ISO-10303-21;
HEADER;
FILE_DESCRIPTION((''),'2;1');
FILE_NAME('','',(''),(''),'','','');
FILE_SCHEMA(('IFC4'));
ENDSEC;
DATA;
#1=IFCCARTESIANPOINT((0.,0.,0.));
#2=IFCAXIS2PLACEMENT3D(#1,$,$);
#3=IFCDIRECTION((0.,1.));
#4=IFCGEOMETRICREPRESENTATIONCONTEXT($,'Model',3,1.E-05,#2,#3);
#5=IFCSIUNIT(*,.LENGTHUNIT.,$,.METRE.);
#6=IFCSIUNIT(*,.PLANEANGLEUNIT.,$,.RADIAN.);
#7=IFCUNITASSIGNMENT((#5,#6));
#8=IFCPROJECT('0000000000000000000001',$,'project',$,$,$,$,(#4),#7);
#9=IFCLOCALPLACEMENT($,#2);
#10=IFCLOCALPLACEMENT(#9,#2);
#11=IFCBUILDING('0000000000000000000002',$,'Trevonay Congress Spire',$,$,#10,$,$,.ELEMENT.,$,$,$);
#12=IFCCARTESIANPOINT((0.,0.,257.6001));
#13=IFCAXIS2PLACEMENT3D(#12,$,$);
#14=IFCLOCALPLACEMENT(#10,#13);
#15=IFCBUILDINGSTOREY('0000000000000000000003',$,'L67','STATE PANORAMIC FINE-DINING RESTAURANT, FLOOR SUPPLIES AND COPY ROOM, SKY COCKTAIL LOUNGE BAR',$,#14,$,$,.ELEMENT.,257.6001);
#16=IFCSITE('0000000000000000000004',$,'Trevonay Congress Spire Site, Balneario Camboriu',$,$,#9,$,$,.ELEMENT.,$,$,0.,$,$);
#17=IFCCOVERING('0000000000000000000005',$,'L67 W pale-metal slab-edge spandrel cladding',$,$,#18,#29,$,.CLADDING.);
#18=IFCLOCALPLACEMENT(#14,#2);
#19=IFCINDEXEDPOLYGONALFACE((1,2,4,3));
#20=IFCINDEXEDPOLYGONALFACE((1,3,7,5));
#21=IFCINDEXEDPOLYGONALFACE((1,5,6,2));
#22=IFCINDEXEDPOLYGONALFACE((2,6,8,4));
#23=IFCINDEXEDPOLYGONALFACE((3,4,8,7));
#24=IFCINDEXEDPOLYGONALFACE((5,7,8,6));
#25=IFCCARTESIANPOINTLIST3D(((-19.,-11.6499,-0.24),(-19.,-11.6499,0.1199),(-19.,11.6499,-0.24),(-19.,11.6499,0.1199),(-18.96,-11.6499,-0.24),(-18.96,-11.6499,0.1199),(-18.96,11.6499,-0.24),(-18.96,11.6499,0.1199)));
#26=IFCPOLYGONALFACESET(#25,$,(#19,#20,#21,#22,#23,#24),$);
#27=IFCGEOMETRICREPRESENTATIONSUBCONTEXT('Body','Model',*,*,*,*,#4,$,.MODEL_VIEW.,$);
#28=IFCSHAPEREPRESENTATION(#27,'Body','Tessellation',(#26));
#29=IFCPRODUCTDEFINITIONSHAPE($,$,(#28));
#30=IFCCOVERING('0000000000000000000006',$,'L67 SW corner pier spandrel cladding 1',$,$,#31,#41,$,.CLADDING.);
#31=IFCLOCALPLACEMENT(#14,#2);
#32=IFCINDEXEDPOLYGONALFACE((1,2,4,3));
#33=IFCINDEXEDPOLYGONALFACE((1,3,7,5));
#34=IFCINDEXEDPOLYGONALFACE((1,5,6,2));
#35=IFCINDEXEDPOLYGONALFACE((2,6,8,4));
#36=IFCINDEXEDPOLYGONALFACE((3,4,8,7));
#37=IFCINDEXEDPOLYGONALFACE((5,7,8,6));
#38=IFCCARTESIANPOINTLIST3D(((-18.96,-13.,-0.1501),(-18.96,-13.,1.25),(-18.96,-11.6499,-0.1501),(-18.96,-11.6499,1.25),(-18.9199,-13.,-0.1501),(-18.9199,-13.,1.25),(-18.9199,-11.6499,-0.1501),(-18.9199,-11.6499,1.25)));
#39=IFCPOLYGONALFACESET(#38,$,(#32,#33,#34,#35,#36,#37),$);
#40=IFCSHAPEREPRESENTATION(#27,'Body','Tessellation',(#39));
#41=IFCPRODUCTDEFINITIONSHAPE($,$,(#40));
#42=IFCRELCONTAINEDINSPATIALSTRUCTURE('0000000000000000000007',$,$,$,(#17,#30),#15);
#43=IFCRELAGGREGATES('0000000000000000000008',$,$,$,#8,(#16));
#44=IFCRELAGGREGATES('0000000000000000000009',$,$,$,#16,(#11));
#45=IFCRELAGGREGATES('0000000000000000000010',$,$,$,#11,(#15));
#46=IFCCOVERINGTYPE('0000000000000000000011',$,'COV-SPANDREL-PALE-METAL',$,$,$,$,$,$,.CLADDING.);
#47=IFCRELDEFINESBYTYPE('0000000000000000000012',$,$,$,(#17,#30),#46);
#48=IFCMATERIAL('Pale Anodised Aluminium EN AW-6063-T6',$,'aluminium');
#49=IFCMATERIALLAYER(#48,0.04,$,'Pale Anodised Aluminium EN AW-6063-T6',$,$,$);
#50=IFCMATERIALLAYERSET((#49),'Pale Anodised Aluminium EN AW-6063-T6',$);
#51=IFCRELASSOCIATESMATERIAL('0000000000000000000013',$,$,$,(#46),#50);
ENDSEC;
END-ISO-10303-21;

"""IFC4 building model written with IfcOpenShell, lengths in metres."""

from ifc_helpers import new_model, si_unit, direction, frame, frame_2d, origin, place, context, subcontext, project, spatial, rectangle, extrude, material, layer, layer_set, type_object, element, save


model = new_model("IFC4")

# Units and contexts
model_context = context("Model", 3, precision=1e-05, world=origin(), true_north=direction((0.0, 1.0)))
body_context = subcontext(model_context, "Body", "Model", "MODEL_VIEW")
ifc_project = project(units=[si_unit("LENGTHUNIT", "METRE"), si_unit("PLANEANGLEUNIT", "RADIAN")], contexts=[model_context])

# Site, building, storey
site_placement = place(None, origin())
site = spatial("IfcSite", under=ifc_project, at=site_placement, Name="Trevonay Congress Spire Site, Balneario Camboriu", CompositionType="ELEMENT", RefElevation=0.0)
building_placement = place(site_placement, origin())
building = spatial("IfcBuilding", under=site, at=building_placement, Name="Trevonay Congress Spire", CompositionType="ELEMENT")
storey_placement = place(building_placement, frame((0.0, 0.0, 257.6001)))
storey = spatial("IfcBuildingStorey", under=building, at=storey_placement, Name="L67", Description="STATE PANORAMIC FINE-DINING RESTAURANT, FLOOR SUPPLIES AND COPY ROOM, SKY COCKTAIL LOUNGE BAR", CompositionType="ELEMENT", Elevation=257.6001)

# Shared definitions
ifc_material_1 = material(Name="Pale Anodised Aluminium EN AW-6063-T6", Category="aluminium")

# Coverings
ifc_layer_1 = layer(ifc_material_1, 0.04, Name="Pale Anodised Aluminium EN AW-6063-T6")
ifc_layer_set_1 = layer_set([ifc_layer_1], Name="Pale Anodised Aluminium EN AW-6063-T6")
covering_type = type_object("IfcCoveringType", Name="COV-SPANDREL-PALE-METAL", PredefinedType="CLADDING", material=ifc_layer_set_1)
covering_1_placement = place(storey_placement, frame((-18.98, -11.6499, -0.24), z_axis=(0.0, 0.0, 1.0), x_axis=(0.0, 1.0, 0.0)))
element("IfcCovering", 1, at=covering_1_placement, inside=storey, type_object=covering_type, Name="L67 W pale-metal slab-edge spandrel cladding", PredefinedType="CLADDING", context=body_context, shape_type="SweptSolid", body=[
    extrude(rectangle(XDim=23.2998, YDim=0.04, at=frame_2d((11.6499, 0.0))), origin(), (0.0, 0.0, 1.0), 0.3599),
])
covering_2_placement = place(storey_placement, frame((-18.9399, -11.6499, -0.1501), z_axis=(0.0, 0.0, 1.0), x_axis=(0.0, -1.0, 0.0)))
element("IfcCovering", 2, at=covering_2_placement, inside=storey, type_object=covering_type, Name="L67 SW corner pier spandrel cladding 1", PredefinedType="CLADDING", context=body_context, shape_type="SweptSolid", body=[
    extrude(rectangle(XDim=1.3501, YDim=0.04, at=frame_2d((0.675, 0.0))), origin(), (0.0, 0.0, 1.0), 1.4001),
])

save(model, "model.ifc")
